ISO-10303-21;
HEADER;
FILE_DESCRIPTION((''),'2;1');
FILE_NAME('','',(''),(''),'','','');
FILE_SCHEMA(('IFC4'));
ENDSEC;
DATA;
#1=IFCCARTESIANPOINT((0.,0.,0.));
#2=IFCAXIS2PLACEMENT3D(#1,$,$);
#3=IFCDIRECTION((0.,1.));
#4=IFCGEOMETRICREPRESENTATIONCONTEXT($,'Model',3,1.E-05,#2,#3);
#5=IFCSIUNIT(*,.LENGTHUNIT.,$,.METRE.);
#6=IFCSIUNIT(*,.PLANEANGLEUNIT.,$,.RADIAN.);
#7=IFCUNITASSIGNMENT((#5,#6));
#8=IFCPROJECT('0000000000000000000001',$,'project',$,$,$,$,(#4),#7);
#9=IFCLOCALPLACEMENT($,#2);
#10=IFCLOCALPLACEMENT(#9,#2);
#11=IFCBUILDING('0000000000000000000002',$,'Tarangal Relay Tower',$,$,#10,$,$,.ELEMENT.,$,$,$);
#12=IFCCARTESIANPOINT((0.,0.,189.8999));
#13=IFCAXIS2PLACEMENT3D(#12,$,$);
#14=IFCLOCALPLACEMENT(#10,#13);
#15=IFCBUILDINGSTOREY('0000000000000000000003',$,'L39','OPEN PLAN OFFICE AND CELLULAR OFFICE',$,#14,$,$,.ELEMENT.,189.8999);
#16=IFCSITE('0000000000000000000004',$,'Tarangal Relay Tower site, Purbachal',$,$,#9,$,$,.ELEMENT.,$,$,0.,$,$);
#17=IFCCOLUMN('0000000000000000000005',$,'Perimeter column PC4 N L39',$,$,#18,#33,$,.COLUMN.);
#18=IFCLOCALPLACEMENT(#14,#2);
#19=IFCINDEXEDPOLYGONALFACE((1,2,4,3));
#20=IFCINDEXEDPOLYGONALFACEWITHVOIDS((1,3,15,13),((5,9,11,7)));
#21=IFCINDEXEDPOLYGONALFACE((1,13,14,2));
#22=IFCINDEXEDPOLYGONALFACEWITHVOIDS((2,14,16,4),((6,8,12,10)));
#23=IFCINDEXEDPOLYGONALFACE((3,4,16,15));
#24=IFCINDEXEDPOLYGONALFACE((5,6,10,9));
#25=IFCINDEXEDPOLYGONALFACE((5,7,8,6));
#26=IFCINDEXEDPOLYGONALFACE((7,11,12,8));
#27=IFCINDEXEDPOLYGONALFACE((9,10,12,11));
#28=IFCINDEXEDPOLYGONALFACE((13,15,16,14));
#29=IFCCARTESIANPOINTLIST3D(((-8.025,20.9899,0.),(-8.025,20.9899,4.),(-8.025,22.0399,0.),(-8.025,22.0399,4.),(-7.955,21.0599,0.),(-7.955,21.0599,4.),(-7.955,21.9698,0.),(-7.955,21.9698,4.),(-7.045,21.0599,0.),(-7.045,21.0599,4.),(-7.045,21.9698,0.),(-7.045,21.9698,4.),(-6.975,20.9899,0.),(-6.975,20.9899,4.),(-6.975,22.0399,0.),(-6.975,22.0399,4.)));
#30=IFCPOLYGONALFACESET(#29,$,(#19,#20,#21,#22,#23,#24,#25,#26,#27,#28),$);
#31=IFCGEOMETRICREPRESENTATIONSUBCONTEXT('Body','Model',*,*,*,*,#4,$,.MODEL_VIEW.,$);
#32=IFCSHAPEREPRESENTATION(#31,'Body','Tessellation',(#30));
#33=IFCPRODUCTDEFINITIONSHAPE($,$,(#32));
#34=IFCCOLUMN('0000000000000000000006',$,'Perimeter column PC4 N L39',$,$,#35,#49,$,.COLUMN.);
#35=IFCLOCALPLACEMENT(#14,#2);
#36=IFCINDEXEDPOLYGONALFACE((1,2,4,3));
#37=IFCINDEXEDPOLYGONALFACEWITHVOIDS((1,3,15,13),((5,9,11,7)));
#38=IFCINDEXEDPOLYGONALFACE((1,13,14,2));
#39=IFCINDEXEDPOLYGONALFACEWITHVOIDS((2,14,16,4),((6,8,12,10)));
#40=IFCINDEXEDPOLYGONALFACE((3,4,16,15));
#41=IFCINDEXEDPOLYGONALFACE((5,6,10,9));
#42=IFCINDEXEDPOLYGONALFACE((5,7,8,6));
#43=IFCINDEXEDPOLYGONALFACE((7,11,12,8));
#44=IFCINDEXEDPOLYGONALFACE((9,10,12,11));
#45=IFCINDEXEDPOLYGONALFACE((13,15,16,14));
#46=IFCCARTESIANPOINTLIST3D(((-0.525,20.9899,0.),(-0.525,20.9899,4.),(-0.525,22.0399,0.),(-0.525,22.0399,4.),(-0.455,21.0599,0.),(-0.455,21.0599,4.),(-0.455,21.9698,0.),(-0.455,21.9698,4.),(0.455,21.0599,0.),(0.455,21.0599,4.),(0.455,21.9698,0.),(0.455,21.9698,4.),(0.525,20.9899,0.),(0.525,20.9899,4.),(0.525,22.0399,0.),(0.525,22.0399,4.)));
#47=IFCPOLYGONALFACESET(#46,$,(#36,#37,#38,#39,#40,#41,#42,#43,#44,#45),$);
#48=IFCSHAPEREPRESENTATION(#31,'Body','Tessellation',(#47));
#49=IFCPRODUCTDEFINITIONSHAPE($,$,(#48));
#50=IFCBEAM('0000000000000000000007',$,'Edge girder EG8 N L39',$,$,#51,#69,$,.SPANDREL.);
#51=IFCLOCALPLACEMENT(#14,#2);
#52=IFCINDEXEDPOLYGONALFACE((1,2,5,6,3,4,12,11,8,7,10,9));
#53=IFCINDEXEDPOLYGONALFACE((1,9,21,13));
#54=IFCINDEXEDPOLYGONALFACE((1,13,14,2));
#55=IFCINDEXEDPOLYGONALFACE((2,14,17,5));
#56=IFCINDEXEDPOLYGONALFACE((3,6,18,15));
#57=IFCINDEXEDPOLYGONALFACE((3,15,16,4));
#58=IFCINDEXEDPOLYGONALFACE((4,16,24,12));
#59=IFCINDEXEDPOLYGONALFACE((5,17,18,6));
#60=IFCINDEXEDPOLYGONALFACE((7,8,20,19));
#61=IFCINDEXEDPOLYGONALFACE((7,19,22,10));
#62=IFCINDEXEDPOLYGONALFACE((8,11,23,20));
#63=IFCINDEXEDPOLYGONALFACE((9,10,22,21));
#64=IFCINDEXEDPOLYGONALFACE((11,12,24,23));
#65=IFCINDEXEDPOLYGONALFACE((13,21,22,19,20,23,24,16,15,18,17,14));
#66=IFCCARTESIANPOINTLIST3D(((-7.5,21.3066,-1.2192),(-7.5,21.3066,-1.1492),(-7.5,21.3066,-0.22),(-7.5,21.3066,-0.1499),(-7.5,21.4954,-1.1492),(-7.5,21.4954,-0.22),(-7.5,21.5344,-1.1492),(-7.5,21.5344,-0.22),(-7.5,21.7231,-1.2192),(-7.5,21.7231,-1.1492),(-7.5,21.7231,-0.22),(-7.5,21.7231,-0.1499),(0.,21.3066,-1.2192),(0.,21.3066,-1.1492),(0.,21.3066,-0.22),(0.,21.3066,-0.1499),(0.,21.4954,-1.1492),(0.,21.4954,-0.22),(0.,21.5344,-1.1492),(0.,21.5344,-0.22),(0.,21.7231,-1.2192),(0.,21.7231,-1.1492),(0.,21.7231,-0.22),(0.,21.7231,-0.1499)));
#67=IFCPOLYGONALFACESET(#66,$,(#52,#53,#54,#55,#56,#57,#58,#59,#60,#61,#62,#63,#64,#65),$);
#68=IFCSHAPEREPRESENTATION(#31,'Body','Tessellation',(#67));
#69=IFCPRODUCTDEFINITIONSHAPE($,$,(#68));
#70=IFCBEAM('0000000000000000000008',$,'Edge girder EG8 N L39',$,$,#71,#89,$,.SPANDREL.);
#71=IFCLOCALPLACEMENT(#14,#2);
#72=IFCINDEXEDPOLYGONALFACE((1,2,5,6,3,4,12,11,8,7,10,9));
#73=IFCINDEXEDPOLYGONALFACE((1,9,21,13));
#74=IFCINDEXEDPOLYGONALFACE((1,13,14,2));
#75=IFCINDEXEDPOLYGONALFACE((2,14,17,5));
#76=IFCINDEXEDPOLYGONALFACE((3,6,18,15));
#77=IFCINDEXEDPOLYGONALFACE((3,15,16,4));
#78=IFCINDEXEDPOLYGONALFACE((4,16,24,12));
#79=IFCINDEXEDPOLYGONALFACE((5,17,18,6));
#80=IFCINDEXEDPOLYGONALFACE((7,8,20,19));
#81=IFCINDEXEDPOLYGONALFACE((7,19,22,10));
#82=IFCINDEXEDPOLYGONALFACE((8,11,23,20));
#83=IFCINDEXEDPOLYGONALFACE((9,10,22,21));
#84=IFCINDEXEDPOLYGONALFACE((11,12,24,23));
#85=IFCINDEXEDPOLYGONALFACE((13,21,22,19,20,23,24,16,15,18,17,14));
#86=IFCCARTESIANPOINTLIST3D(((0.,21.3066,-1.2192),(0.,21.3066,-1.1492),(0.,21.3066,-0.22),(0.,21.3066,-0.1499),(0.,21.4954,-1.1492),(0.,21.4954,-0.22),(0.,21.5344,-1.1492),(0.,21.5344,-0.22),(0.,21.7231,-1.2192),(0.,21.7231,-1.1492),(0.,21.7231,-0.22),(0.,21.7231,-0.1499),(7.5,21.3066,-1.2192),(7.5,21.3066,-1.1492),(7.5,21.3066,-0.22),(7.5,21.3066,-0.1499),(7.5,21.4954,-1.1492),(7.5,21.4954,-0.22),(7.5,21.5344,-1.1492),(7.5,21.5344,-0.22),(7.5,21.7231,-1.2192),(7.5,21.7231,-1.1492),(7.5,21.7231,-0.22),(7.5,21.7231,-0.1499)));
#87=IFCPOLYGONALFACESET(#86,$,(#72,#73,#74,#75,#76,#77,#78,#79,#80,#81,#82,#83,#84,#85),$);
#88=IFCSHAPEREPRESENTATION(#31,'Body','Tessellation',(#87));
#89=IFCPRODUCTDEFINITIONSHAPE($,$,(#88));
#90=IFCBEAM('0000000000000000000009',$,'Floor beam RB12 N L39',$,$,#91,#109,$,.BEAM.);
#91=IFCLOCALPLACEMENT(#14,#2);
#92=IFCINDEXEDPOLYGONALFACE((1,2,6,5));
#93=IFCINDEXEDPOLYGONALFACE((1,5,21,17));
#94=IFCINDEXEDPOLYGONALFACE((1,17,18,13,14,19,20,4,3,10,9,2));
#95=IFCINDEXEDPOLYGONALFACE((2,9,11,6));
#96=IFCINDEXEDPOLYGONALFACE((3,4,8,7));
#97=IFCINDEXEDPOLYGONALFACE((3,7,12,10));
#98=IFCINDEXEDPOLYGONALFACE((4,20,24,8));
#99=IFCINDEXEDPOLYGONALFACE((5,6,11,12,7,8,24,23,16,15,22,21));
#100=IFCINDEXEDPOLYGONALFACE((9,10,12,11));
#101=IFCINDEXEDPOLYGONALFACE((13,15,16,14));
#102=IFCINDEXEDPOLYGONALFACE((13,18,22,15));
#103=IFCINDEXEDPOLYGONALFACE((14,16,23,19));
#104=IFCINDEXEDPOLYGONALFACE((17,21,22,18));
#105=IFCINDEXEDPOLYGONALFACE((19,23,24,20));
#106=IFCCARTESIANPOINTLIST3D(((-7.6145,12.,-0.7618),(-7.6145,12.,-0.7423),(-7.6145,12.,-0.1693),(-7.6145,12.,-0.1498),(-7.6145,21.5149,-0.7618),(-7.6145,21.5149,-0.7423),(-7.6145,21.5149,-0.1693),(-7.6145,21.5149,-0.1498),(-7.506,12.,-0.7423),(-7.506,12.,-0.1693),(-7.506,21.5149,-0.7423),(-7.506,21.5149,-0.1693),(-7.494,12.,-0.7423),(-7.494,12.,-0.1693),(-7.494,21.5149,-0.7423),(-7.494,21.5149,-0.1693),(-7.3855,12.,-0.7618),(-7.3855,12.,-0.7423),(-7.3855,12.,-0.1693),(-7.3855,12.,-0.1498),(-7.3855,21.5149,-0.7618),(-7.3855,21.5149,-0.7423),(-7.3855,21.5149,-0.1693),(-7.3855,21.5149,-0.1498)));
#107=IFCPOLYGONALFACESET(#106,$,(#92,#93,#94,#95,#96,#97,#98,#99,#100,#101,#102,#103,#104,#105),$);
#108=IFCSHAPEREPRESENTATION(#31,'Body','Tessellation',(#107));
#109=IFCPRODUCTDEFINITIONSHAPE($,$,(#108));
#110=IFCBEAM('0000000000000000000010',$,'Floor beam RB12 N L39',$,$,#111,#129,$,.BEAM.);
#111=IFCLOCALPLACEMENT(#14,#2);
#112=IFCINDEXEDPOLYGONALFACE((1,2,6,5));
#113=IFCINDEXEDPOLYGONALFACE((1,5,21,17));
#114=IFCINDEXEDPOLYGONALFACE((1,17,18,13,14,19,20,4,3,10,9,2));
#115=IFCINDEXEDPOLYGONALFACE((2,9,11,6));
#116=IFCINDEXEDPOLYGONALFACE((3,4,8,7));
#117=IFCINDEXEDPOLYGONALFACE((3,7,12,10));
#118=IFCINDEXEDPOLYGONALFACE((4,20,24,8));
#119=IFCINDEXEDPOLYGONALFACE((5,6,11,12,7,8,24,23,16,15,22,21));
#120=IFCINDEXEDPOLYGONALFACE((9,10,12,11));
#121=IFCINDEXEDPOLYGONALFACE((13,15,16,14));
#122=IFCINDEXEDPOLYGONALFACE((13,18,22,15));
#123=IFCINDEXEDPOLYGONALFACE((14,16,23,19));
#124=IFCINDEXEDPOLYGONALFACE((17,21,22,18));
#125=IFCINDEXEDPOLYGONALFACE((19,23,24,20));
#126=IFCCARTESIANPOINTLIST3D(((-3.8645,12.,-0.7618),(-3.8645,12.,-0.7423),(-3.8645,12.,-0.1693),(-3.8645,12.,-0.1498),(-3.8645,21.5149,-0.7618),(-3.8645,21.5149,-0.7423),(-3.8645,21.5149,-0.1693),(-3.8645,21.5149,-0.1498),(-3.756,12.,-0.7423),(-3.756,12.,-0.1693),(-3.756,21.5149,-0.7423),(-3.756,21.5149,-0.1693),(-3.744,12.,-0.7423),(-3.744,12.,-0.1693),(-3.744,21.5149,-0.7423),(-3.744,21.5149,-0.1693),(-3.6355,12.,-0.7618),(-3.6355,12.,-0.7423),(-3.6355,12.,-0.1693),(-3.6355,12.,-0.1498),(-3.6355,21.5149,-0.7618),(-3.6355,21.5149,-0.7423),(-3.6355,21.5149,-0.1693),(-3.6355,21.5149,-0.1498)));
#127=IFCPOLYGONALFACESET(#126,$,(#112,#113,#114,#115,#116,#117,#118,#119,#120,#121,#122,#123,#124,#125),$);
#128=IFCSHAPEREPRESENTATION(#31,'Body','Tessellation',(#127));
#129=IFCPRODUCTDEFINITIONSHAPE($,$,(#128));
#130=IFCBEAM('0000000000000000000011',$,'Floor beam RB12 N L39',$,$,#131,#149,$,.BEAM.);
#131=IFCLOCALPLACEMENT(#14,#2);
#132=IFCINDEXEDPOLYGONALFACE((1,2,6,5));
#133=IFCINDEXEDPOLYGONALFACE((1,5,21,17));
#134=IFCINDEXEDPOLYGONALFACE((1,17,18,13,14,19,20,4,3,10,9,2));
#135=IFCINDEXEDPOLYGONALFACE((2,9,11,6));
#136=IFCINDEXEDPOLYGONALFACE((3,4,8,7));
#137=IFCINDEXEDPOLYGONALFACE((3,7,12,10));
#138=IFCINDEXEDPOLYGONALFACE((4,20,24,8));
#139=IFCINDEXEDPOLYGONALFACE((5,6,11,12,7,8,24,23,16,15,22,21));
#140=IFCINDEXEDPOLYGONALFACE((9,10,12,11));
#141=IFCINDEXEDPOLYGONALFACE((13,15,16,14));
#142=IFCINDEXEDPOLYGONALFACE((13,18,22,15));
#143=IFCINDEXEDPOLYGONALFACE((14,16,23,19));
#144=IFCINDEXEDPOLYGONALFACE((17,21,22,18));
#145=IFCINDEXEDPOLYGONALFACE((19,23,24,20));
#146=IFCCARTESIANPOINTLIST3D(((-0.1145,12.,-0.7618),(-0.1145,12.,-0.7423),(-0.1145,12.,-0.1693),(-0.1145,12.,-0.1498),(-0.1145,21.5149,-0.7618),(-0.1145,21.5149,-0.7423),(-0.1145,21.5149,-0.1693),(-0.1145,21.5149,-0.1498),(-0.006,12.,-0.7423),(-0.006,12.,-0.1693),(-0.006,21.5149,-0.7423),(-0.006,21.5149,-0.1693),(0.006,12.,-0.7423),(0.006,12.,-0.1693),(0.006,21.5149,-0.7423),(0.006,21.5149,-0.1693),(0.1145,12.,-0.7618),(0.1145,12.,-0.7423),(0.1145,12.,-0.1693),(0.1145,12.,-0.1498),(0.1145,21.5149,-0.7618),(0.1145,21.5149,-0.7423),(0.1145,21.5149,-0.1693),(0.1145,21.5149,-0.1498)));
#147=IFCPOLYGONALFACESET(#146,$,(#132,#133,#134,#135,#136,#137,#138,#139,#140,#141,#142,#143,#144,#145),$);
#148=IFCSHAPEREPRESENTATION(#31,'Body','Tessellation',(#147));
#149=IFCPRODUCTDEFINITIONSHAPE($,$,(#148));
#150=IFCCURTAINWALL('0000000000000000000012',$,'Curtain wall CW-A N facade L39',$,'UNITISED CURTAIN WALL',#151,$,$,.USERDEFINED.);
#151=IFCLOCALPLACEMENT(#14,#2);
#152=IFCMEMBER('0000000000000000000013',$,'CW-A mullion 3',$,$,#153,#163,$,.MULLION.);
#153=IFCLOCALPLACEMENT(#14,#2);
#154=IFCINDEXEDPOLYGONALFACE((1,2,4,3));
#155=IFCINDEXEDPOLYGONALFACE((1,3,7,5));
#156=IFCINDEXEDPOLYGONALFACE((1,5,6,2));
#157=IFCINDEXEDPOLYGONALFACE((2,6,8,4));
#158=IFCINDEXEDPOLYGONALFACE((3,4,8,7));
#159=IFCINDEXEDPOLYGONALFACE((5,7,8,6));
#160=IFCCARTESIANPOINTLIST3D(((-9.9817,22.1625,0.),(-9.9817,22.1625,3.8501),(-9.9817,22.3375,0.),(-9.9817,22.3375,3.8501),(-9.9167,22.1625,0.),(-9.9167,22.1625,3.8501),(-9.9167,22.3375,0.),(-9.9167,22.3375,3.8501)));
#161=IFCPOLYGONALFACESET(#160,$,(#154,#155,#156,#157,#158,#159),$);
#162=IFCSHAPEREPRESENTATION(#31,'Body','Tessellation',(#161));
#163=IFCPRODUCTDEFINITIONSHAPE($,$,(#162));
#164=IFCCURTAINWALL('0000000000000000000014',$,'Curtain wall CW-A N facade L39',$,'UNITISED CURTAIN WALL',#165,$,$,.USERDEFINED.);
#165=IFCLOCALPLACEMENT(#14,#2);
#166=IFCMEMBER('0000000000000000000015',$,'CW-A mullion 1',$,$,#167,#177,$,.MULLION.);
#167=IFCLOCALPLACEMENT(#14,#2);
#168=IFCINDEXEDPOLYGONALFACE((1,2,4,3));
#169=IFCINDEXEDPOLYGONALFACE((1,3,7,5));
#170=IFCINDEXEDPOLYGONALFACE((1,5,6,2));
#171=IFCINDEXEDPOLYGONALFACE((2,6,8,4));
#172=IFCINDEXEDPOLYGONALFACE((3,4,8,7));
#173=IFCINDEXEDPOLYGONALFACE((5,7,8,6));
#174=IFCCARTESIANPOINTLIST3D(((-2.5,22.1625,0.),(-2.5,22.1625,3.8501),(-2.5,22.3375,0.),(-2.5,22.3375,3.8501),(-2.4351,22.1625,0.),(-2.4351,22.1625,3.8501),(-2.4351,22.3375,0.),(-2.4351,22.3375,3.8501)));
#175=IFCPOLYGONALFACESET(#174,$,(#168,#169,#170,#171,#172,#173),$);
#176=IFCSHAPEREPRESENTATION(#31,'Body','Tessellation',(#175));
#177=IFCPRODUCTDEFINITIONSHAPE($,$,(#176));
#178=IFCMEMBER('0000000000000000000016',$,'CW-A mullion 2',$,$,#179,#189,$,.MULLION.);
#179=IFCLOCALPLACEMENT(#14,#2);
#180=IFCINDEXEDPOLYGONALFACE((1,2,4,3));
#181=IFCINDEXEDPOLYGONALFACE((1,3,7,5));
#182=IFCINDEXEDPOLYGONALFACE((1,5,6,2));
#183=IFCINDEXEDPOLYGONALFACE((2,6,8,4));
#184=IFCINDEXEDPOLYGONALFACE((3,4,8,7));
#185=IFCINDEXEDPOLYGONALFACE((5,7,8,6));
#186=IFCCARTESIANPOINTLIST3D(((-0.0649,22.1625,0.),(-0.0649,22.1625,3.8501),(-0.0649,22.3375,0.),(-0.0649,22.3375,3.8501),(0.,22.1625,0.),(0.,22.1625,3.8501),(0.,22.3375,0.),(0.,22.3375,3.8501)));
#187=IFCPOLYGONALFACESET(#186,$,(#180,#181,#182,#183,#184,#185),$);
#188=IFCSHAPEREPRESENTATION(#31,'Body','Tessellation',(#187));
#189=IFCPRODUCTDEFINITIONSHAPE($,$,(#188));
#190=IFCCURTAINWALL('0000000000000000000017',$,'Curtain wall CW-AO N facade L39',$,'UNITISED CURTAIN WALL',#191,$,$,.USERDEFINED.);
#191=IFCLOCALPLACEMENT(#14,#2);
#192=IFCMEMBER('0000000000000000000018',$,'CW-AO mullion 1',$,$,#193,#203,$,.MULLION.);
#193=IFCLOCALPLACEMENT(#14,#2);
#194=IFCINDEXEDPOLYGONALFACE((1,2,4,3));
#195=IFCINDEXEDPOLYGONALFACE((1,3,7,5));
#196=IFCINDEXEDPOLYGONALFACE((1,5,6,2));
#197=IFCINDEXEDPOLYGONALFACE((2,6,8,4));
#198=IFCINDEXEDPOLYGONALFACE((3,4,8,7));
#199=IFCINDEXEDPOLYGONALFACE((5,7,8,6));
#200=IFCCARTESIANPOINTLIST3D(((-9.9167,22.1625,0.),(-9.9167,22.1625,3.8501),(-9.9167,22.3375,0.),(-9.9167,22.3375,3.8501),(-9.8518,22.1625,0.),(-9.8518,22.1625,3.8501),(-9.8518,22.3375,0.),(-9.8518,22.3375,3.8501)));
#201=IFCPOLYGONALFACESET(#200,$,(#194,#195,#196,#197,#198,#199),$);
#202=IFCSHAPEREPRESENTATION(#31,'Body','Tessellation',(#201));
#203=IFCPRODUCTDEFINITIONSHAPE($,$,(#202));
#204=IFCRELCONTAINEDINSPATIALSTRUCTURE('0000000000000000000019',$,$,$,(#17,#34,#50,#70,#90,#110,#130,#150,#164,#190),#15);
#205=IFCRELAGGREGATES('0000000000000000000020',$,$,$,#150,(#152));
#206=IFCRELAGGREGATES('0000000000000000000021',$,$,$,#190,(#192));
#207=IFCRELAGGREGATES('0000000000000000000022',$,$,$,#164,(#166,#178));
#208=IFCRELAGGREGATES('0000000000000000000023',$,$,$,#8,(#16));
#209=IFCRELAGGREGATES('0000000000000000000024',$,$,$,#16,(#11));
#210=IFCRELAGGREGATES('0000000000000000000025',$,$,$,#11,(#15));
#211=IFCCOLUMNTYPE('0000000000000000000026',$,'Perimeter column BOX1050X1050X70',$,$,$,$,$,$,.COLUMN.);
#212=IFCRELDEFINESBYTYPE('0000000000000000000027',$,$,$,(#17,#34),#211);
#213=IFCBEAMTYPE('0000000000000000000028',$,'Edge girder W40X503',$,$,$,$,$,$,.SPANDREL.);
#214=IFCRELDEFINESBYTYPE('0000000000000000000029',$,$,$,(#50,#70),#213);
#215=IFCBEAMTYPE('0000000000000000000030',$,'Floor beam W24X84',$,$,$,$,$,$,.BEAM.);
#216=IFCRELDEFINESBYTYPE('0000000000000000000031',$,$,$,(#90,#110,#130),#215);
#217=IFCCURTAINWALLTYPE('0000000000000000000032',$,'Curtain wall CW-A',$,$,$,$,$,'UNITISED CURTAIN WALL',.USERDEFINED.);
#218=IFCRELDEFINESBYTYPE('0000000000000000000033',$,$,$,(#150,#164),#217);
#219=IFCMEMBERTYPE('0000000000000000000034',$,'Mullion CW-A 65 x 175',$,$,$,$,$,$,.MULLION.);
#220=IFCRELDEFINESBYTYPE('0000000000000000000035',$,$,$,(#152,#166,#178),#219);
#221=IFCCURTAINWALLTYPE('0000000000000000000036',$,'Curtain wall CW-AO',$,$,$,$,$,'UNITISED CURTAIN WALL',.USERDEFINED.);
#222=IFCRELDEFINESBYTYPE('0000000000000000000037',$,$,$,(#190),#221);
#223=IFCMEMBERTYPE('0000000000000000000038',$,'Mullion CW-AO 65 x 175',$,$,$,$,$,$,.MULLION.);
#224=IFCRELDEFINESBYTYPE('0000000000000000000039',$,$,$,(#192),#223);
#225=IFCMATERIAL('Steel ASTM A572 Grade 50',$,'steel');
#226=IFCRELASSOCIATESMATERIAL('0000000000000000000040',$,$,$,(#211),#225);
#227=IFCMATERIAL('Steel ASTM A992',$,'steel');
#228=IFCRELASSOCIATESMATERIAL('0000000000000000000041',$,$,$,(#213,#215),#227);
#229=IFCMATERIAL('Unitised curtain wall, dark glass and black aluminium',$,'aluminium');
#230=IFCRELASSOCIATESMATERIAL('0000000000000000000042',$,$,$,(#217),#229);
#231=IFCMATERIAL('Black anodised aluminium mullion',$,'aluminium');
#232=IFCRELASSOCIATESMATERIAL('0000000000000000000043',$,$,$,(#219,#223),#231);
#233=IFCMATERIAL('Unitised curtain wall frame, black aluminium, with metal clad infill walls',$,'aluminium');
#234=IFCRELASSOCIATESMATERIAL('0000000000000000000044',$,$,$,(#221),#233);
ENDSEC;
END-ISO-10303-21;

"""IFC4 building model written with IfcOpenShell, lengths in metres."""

from ifc_helpers import new_model, si_unit, direction, frame, origin, origin_2d, place, context, subcontext, project, spatial, rectangle, hollow_rectangle, i_section, extrude, material, material_profile, profile_set, type_object, element, aggregate, save


model = new_model("IFC4")

# Units and contexts
model_context = context("Model", 3, precision=1e-05, world=origin(), true_north=direction((0.0, 1.0)))
body_context = subcontext(model_context, "Body", "Model", "MODEL_VIEW")
ifc_project = project(units=[si_unit("LENGTHUNIT", "METRE"), si_unit("PLANEANGLEUNIT", "RADIAN")], contexts=[model_context])

# Site, building, storey
site_placement = place(None, origin())
site = spatial("IfcSite", under=ifc_project, at=site_placement, Name="Tarangal Relay Tower site, Purbachal", CompositionType="ELEMENT", RefElevation=0.0)
building_placement = place(site_placement, origin())
building = spatial("IfcBuilding", under=site, at=building_placement, Name="Tarangal Relay Tower", CompositionType="ELEMENT")
storey_placement = place(building_placement, frame((0.0, 0.0, 189.8999)))
storey = spatial("IfcBuildingStorey", under=building, at=storey_placement, Name="L39", Description="OPEN PLAN OFFICE AND CELLULAR OFFICE", CompositionType="ELEMENT", Elevation=189.8999)

# Columns
ifc_material_1 = material(Name="Steel ASTM A572 Grade 50", Category="steel")
ifc_material_profile_1 = material_profile(ifc_material_1, hollow_rectangle(XDim=1.05, YDim=1.05, WallThickness=0.0701, at=origin_2d()), Name="BOX1050X1050X70")
ifc_profile_set_1 = profile_set([ifc_material_profile_1], Name="Steel ASTM A572 Grade 50")
column_type = type_object("IfcColumnType", Name="Perimeter column BOX1050X1050X70", PredefinedType="COLUMN", material=ifc_profile_set_1)
for number, where, z_axis, x_axis, name in (
    (1, (-7.5, 21.5149, 0.0), (0.0, 0.0, 1.0), (1.0, 0.0, 0.0), "Perimeter column PC4 N L39"),
    (2, (0.0, 21.5149, 0.0), (0.0, 0.0, 1.0), (1.0, 0.0, 0.0), "Perimeter column PC4 N L39"),
):
    element("IfcColumn", number, at=place(storey_placement, frame(where, z_axis=z_axis, x_axis=x_axis)), inside=storey, type_object=column_type, Name=name, PredefinedType="COLUMN", context=body_context, shape_type="SweptSolid", body=[
        extrude(hollow_rectangle(XDim=1.05, YDim=1.05, WallThickness=0.0701, at=origin_2d()), origin(), (0.0, 0.0, 1.0), 4.0),
    ])

# Beams
ifc_material_2 = material(Name="Steel ASTM A992", Category="steel")
ifc_material_profile_2 = material_profile(ifc_material_2, i_section(OverallWidth=0.4165, OverallDepth=1.0693, WebThickness=0.0391, FlangeThickness=0.0701, at=origin_2d()), Name="W40X503")
ifc_profile_set_2 = profile_set([ifc_material_profile_2], Name="Steel ASTM A992")
beam_type_1 = type_object("IfcBeamType", Name="Edge girder W40X503", PredefinedType="SPANDREL", material=ifc_profile_set_2)
for number, where, z_axis, x_axis, name in (
    (3, (-7.5, 21.5149, -0.6846), (1.0, 0.0, 0.0), (0.0, 1.0, 0.0), "Edge girder EG8 N L39"),
    (4, (0.0, 21.5149, -0.6846), (1.0, 0.0, 0.0), (0.0, 1.0, 0.0), "Edge girder EG8 N L39"),
):
    element("IfcBeam", number, at=place(storey_placement, frame(where, z_axis=z_axis, x_axis=x_axis)), inside=storey, type_object=beam_type_1, Name=name, PredefinedType="SPANDREL", context=body_context, shape_type="SweptSolid", body=[
        extrude(i_section(OverallWidth=0.4165, OverallDepth=1.0693, WebThickness=0.0391, FlangeThickness=0.0701, at=origin_2d()), origin(), (0.0, 0.0, 1.0), 7.5),
    ])
ifc_material_profile_3 = material_profile(ifc_material_2, i_section(OverallWidth=0.229, OverallDepth=0.6121, WebThickness=0.012, FlangeThickness=0.0195, at=origin_2d()), Name="W24X84")
ifc_profile_set_3 = profile_set([ifc_material_profile_3], Name="Steel ASTM A992")
beam_type_2 = type_object("IfcBeamType", Name="Floor beam W24X84", PredefinedType="BEAM", material=ifc_profile_set_3)
for number, where, z_axis, x_axis, name in (
    (5, (-7.5, 12.0, -0.4558), (0.0, 1.0, 0.0), (-1.0, 0.0, 0.0), "Floor beam RB12 N L39"),
    (6, (-3.75, 12.0, -0.4558), (0.0, 1.0, 0.0), (-1.0, 0.0, 0.0), "Floor beam RB12 N L39"),
    (7, (0.0, 12.0, -0.4558), (0.0, 1.0, 0.0), (-1.0, 0.0, 0.0), "Floor beam RB12 N L39"),
):
    element("IfcBeam", number, at=place(storey_placement, frame(where, z_axis=z_axis, x_axis=x_axis)), inside=storey, type_object=beam_type_2, Name=name, PredefinedType="BEAM", context=body_context, shape_type="SweptSolid", body=[
        extrude(i_section(OverallWidth=0.229, OverallDepth=0.6121, WebThickness=0.012, FlangeThickness=0.0195, at=origin_2d()), origin(), (0.0, 0.0, 1.0), 9.5149),
    ])

# Curtain wall, member
ifc_material_3 = material(Name="Unitised curtain wall, dark glass and black aluminium", Category="aluminium")
curtain_wall_type_1 = type_object("IfcCurtainWallType", Name="Curtain wall CW-A", ElementType="UNITISED CURTAIN WALL", PredefinedType="USERDEFINED", material=ifc_material_3)
curtain_wall_1_placement = place(storey_placement, origin())
curtain_wall_1 = element("IfcCurtainWall", 8, at=curtain_wall_1_placement, inside=storey, type_object=curtain_wall_type_1, Name="Curtain wall CW-A N facade L39", ObjectType="UNITISED CURTAIN WALL", PredefinedType="USERDEFINED")
ifc_material_4 = material(Name="Black anodised aluminium mullion", Category="aluminium")
ifc_material_profile_4 = material_profile(ifc_material_4, rectangle(XDim=0.175, YDim=0.0649, at=origin_2d()), Name="CW-AM 65X175")
ifc_profile_set_4 = profile_set([ifc_material_profile_4], Name="Black anodised aluminium mullion")
member_type_1 = type_object("IfcMemberType", Name="Mullion CW-A 65 x 175", PredefinedType="MULLION", material=ifc_profile_set_4)
member_1_placement = place(storey_placement, frame((-9.9492, 22.25, 0.0), z_axis=(0.0, 0.0, 1.0), x_axis=(0.0, 1.0, 0.0)))
member_1 = element("IfcMember", 9, at=member_1_placement, type_object=member_type_1, Name="CW-A mullion 3", PredefinedType="MULLION", context=body_context, shape_type="SweptSolid", body=[
    extrude(rectangle(XDim=0.175, YDim=0.0649, at=origin_2d()), origin(), (0.0, 0.0, 1.0), 3.8501),
])
aggregate(curtain_wall_1, [member_1])

# Curtain walls, members
curtain_wall_2_placement = place(storey_placement, origin())
curtain_wall_2 = element("IfcCurtainWall", 10, at=curtain_wall_2_placement, inside=storey, type_object=curtain_wall_type_1, Name="Curtain wall CW-A N facade L39", ObjectType="UNITISED CURTAIN WALL", PredefinedType="USERDEFINED")
member_2_placement = place(storey_placement, frame((-2.4675, 22.25, 0.0), z_axis=(0.0, 0.0, 1.0), x_axis=(0.0, 1.0, 0.0)))
member_2 = element("IfcMember", 11, at=member_2_placement, type_object=member_type_1, Name="CW-A mullion 1", PredefinedType="MULLION", context=body_context, shape_type="SweptSolid", body=[
    extrude(rectangle(XDim=0.175, YDim=0.0649, at=origin_2d()), origin(), (0.0, 0.0, 1.0), 3.8501),
])
member_3_placement = place(storey_placement, frame((-0.0325, 22.25, 0.0), z_axis=(0.0, 0.0, 1.0), x_axis=(0.0, 1.0, 0.0)))
member_3 = element("IfcMember", 12, at=member_3_placement, type_object=member_type_1, Name="CW-A mullion 2", PredefinedType="MULLION", context=body_context, shape_type="SweptSolid", body=[
    extrude(rectangle(XDim=0.175, YDim=0.0649, at=origin_2d()), origin(), (0.0, 0.0, 1.0), 3.8501),
])
ifc_material_5 = material(Name="Unitised curtain wall frame, black aluminium, with metal clad infill walls", Category="aluminium")
curtain_wall_type_2 = type_object("IfcCurtainWallType", Name="Curtain wall CW-AO", ElementType="UNITISED CURTAIN WALL", PredefinedType="USERDEFINED", material=ifc_material_5)
curtain_wall_3_placement = place(storey_placement, origin())
curtain_wall_3 = element("IfcCurtainWall", 13, at=curtain_wall_3_placement, inside=storey, type_object=curtain_wall_type_2, Name="Curtain wall CW-AO N facade L39", ObjectType="UNITISED CURTAIN WALL", PredefinedType="USERDEFINED")
ifc_material_profile_5 = material_profile(ifc_material_4, rectangle(XDim=0.175, YDim=0.0649, at=origin_2d()), Name="CW-AOM 65X175")
ifc_profile_set_5 = profile_set([ifc_material_profile_5], Name="Black anodised aluminium mullion")
member_type_2 = type_object("IfcMemberType", Name="Mullion CW-AO 65 x 175", PredefinedType="MULLION", material=ifc_profile_set_5)
member_4_placement = place(storey_placement, frame((-9.8843, 22.25, 0.0), z_axis=(0.0, 0.0, 1.0), x_axis=(0.0, 1.0, 0.0)))
member_4 = element("IfcMember", 14, at=member_4_placement, type_object=member_type_2, Name="CW-AO mullion 1", PredefinedType="MULLION", context=body_context, shape_type="SweptSolid", body=[
    extrude(rectangle(XDim=0.175, YDim=0.0649, at=origin_2d()), origin(), (0.0, 0.0, 1.0), 3.8501),
])

aggregate(curtain_wall_3, [member_4])

aggregate(curtain_wall_2, [member_2, member_3])

save(model, "model.ifc")
